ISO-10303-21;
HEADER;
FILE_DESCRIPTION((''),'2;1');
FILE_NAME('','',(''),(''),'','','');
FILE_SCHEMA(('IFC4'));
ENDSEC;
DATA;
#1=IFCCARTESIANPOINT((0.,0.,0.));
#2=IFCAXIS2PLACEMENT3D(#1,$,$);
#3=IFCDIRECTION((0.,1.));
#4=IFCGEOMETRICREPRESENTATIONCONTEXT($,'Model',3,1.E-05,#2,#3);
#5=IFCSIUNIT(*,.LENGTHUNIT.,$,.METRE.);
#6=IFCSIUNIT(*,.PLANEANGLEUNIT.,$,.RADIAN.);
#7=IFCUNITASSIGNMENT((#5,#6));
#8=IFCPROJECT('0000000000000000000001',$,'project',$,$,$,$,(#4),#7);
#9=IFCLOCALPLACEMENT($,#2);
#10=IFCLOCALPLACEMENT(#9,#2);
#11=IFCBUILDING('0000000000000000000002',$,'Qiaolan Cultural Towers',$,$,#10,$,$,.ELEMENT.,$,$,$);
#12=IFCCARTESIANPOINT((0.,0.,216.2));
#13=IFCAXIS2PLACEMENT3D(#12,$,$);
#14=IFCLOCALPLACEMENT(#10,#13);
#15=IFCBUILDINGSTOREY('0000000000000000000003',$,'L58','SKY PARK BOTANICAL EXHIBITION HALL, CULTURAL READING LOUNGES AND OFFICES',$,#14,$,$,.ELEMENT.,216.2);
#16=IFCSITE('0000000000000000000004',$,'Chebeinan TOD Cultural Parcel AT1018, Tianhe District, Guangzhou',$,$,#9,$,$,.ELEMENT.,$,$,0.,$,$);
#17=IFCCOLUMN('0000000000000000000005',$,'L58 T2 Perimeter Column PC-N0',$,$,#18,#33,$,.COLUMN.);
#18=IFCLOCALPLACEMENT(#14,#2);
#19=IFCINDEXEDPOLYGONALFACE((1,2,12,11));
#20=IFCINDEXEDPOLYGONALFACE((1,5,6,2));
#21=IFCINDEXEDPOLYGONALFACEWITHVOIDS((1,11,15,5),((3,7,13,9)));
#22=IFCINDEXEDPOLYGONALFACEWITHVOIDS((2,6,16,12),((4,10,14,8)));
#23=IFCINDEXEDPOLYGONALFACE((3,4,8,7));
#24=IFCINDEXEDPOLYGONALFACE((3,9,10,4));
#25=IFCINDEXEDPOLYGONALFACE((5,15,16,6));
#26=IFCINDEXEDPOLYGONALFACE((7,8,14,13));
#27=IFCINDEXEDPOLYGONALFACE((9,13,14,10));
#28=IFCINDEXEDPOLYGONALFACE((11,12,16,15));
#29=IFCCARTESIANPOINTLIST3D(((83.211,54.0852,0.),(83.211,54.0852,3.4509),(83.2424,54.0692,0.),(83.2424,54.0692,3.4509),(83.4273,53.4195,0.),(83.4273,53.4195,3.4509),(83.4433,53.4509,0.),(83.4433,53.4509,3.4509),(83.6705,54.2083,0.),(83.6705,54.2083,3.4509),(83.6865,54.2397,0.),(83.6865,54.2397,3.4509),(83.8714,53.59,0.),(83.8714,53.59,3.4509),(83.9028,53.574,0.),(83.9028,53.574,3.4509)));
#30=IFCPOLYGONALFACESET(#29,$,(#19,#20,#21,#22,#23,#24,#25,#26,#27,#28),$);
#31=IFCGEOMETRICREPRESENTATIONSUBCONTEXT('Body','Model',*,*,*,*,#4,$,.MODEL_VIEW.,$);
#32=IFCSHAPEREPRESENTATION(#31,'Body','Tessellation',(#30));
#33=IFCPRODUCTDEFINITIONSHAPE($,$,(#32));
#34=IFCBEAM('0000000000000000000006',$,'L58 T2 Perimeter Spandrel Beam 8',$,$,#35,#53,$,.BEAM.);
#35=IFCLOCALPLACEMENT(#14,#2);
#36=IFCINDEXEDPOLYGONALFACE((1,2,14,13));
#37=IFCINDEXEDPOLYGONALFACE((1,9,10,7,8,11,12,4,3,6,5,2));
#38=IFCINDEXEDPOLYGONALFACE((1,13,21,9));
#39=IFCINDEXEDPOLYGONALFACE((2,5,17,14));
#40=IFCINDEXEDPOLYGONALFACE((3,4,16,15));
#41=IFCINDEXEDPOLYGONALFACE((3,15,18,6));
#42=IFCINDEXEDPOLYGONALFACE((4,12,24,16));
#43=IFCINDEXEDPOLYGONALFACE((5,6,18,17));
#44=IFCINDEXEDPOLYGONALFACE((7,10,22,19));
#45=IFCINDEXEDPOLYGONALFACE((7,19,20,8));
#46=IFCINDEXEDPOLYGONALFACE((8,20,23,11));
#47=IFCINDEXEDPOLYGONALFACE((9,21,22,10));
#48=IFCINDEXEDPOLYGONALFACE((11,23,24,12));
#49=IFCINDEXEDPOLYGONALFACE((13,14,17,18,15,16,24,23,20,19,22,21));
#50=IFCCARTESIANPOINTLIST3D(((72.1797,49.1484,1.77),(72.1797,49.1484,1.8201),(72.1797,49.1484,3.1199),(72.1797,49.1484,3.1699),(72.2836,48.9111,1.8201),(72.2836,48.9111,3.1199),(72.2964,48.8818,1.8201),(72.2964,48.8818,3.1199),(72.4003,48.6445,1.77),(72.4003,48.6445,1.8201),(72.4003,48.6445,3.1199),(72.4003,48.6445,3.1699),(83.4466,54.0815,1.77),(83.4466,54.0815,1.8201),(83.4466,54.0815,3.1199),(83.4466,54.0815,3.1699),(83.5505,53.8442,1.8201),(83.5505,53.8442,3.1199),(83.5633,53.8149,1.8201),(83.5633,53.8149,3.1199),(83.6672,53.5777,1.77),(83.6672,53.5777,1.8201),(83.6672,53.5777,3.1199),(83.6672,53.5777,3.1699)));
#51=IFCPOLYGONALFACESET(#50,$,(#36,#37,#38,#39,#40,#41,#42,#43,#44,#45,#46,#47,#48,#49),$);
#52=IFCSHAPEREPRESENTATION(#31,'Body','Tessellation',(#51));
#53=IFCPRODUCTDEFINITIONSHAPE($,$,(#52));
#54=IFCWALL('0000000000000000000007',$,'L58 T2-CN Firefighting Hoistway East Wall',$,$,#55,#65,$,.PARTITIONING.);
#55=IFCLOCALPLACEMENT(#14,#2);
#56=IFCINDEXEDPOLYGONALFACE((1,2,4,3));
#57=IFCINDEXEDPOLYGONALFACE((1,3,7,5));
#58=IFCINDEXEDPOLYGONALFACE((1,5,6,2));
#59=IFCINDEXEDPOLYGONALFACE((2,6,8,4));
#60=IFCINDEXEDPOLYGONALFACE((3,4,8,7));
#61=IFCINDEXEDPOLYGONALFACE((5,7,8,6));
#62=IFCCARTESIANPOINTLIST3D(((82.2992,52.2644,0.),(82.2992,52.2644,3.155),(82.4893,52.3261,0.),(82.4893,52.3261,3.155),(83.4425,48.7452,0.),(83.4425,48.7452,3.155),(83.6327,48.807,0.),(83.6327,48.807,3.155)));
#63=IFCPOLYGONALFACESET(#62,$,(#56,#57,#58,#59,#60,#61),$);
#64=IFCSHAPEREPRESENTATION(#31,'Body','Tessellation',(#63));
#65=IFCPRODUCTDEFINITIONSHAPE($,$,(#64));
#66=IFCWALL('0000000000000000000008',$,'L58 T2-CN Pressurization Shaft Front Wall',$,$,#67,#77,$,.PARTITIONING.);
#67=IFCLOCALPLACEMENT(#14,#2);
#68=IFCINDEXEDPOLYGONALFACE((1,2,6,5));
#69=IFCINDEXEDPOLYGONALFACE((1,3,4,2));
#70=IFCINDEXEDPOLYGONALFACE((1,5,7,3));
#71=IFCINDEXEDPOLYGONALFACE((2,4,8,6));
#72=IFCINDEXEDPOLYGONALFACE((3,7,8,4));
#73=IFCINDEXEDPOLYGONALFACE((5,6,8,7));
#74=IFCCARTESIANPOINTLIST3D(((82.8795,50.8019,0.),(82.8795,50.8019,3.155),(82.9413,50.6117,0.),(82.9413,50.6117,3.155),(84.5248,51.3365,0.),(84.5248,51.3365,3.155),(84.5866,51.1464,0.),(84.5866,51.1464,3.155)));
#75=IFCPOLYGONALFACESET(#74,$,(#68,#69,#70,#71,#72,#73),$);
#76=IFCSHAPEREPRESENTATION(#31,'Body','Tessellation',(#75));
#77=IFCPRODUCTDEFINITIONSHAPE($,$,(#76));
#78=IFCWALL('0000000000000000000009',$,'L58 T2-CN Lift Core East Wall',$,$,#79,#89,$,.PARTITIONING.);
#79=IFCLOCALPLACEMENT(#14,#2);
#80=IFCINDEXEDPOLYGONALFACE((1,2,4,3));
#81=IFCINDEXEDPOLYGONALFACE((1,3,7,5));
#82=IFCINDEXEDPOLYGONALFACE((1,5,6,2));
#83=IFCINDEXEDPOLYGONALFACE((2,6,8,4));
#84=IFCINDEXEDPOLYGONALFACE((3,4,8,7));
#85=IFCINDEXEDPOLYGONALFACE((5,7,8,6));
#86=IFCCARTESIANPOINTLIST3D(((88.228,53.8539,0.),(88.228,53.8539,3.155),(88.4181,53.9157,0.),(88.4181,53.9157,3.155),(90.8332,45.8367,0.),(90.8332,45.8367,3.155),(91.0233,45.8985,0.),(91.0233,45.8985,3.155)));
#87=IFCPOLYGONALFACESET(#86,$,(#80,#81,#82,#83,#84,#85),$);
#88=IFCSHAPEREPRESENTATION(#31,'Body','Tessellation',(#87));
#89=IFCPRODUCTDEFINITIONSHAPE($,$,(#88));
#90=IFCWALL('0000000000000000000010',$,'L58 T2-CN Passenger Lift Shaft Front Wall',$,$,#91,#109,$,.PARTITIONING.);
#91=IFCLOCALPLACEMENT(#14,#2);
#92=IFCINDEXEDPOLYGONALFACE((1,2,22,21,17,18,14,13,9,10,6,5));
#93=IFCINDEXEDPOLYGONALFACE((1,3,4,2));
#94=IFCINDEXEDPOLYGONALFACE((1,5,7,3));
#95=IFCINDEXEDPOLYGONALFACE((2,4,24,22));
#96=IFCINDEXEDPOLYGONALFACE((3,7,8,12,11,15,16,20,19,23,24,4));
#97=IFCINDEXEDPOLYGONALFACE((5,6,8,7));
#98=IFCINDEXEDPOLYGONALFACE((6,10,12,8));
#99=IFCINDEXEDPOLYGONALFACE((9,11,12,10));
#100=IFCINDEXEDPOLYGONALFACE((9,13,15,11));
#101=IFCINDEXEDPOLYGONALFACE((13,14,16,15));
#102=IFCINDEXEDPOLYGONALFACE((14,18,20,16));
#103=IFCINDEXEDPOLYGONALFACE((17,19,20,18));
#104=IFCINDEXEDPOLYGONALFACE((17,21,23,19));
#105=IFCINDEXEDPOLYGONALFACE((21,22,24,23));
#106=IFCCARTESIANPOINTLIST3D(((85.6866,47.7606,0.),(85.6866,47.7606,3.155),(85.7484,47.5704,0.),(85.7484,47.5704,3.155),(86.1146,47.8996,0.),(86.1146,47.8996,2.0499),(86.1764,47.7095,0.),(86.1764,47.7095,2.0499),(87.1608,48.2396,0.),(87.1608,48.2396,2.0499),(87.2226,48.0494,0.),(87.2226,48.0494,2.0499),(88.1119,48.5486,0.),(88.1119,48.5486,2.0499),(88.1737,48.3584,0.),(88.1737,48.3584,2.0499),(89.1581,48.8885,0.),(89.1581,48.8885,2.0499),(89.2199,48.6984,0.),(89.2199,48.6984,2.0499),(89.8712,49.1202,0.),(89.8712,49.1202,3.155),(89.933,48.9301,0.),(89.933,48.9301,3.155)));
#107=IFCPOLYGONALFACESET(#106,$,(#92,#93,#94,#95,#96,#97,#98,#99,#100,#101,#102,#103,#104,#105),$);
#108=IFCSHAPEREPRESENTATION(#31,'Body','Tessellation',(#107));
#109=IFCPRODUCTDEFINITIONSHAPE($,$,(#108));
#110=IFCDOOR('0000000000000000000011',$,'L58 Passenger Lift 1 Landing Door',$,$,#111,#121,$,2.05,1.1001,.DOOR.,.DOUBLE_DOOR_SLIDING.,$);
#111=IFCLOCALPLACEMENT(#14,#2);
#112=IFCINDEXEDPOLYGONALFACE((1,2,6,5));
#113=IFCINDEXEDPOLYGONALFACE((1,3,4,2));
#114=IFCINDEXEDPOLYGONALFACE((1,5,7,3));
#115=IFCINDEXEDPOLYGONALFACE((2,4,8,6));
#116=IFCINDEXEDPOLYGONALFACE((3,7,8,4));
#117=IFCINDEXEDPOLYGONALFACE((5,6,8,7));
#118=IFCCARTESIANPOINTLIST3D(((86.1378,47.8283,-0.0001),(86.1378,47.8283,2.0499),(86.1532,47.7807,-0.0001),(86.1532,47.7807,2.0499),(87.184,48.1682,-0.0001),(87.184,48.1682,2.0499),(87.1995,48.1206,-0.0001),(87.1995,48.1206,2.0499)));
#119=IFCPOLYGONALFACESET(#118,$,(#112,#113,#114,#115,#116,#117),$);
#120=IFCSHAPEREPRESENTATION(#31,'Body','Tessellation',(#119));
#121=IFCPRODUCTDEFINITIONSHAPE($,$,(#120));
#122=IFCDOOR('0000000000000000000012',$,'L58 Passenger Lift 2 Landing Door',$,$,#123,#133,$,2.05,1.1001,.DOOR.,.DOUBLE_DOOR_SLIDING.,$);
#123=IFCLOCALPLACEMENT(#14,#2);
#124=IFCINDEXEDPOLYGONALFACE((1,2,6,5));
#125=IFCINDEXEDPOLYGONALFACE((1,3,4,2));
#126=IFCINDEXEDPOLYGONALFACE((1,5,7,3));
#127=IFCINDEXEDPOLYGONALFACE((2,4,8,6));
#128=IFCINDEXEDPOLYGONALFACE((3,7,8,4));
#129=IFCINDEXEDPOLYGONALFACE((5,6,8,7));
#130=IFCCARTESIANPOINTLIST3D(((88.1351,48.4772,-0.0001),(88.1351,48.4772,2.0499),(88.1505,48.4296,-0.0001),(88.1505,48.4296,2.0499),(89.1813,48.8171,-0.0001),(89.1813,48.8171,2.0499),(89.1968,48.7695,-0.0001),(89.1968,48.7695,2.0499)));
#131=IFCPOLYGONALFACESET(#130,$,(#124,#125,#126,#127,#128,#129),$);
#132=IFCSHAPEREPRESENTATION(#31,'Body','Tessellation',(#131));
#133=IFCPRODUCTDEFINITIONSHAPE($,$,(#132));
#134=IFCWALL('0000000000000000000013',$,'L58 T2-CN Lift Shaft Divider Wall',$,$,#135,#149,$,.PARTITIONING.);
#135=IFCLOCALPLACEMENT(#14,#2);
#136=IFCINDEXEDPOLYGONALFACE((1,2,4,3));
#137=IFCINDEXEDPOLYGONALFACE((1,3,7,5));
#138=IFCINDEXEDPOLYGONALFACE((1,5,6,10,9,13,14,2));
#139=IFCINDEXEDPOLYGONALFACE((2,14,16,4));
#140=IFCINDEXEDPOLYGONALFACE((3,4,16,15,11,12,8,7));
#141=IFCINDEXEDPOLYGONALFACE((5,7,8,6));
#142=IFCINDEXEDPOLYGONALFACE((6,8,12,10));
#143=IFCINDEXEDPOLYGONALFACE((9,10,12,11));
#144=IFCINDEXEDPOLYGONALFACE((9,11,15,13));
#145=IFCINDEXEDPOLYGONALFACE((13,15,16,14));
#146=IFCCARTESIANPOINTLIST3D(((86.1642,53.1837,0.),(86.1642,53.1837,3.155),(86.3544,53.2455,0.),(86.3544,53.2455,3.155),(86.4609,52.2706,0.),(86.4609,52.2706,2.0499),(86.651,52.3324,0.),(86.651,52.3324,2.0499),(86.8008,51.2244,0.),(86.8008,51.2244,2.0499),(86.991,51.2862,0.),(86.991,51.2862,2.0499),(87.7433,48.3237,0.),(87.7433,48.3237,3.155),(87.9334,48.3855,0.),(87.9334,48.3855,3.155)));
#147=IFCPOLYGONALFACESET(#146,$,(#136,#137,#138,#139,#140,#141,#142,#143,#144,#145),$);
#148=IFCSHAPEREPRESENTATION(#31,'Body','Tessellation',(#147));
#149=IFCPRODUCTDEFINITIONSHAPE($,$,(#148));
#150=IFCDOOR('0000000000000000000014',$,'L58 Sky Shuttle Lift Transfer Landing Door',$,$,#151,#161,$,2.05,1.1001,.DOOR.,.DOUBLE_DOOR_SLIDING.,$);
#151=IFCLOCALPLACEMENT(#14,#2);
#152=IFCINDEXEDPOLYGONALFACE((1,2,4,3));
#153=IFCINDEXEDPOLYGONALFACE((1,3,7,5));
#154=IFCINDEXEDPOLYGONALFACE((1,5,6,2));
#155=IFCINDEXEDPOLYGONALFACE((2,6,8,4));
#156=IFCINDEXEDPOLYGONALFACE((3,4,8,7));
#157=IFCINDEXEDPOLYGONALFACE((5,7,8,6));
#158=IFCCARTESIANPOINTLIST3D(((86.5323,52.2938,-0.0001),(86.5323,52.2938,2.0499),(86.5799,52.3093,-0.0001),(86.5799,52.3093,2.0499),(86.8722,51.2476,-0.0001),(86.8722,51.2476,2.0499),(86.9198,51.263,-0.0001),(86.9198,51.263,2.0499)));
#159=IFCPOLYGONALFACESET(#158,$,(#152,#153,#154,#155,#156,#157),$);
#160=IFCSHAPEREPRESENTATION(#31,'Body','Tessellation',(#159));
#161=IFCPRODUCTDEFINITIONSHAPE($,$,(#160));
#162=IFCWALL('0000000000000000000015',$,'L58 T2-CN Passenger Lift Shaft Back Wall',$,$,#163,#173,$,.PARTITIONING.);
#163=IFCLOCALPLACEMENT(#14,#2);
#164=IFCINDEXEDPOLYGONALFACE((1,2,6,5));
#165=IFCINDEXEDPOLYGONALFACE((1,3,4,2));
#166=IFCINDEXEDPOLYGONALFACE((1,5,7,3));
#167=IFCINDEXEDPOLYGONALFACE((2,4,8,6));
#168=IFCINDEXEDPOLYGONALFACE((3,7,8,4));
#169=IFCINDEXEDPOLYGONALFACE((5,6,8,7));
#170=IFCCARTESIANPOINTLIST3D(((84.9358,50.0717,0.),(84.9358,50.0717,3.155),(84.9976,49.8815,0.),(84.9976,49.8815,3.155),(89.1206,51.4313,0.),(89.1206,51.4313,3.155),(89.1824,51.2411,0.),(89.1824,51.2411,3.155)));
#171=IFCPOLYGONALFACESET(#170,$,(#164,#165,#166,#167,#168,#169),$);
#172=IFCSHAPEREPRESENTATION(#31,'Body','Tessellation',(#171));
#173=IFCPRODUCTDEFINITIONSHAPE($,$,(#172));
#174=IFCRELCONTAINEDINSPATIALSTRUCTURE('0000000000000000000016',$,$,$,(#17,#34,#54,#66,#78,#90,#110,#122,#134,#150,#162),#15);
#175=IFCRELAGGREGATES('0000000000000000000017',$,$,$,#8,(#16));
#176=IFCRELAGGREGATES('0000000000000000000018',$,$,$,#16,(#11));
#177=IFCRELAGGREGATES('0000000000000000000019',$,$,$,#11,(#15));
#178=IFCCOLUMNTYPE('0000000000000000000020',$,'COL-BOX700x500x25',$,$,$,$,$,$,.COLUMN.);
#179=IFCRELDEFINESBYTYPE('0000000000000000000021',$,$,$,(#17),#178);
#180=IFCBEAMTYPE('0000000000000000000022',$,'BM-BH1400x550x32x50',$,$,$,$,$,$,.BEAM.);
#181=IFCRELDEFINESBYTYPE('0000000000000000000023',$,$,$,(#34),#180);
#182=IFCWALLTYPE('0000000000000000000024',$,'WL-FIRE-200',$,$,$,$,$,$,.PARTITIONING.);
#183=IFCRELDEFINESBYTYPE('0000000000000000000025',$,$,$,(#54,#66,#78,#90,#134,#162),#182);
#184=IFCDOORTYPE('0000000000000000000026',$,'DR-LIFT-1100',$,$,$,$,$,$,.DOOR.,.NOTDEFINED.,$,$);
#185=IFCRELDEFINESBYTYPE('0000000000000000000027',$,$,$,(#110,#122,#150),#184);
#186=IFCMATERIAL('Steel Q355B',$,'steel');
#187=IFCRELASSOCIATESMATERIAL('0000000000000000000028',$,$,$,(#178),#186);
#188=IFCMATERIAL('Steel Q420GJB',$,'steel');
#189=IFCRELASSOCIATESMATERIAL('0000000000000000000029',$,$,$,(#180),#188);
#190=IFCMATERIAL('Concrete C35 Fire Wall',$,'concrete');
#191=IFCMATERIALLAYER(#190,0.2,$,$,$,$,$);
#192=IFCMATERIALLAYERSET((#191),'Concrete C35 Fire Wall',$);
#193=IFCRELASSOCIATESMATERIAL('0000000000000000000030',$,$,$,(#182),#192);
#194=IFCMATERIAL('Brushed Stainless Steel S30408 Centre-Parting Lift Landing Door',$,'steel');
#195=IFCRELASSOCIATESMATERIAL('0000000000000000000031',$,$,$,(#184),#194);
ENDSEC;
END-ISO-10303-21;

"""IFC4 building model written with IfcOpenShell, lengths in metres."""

from ifc_helpers import new_model, si_unit, direction, frame, frame_2d, origin, origin_2d, place, context, subcontext, project, spatial, rectangle, hollow_rectangle, i_section, extrude, material, layer, layer_set, material_profile, profile_set, type_object, element, fill, save


model = new_model("IFC4")

# Units and contexts
model_context = context("Model", 3, precision=1e-05, world=origin(), true_north=direction((0.0, 1.0)))
body_context = subcontext(model_context, "Body", "Model", "MODEL_VIEW")
ifc_project = project(units=[si_unit("LENGTHUNIT", "METRE"), si_unit("PLANEANGLEUNIT", "RADIAN")], contexts=[model_context])

# Site, building, storey
site_placement = place(None, origin())
site = spatial("IfcSite", under=ifc_project, at=site_placement, Name="Chebeinan TOD Cultural Parcel AT1018, Tianhe District, Guangzhou", CompositionType="ELEMENT", RefElevation=0.0)
building_placement = place(site_placement, origin())
building = spatial("IfcBuilding", under=site, at=building_placement, Name="Qiaolan Cultural Towers", CompositionType="ELEMENT")
storey_placement = place(building_placement, frame((0.0, 0.0, 216.2)))
storey = spatial("IfcBuildingStorey", under=building, at=storey_placement, Name="L58", Description="SKY PARK BOTANICAL EXHIBITION HALL, CULTURAL READING LOUNGES AND OFFICES", CompositionType="ELEMENT", Elevation=216.2)

# Column
ifc_material_1 = material(Name="Steel Q355B", Category="steel")
ifc_material_profile_1 = material_profile(ifc_material_1, hollow_rectangle(XDim=0.5, YDim=0.7, WallThickness=0.0249, at=origin_2d()), Name="BOX700x500x25")
ifc_profile_set_1 = profile_set([ifc_material_profile_1], Name="Steel Q355B")
column_type = type_object("IfcColumnType", Name="COL-BOX700x500x25", PredefinedType="COLUMN", material=ifc_profile_set_1)
column_placement = place(storey_placement, frame((83.5569, 53.8296, 0.0), z_axis=(0.0, 0.0, 1.0), x_axis=(0.951057, 0.309017, 0.0)))
element("IfcColumn", 1, at=column_placement, inside=storey, type_object=column_type, Name="L58 T2 Perimeter Column PC-N0", PredefinedType="COLUMN", context=body_context, shape_type="SweptSolid", body=[
    extrude(hollow_rectangle(XDim=0.5, YDim=0.7, WallThickness=0.0249, at=origin_2d()), origin(), (0.0, 0.0, 1.0), 3.4509),
])

# Beam
ifc_material_2 = material(Name="Steel Q420GJB", Category="steel")
ifc_material_profile_2 = material_profile(ifc_material_2, i_section(OverallWidth=0.55, OverallDepth=1.3999, WebThickness=0.032, FlangeThickness=0.05, at=origin_2d()), Name="BH1400x550x32x50")
ifc_profile_set_2 = profile_set([ifc_material_profile_2], Name="Steel Q420GJB")
beam_type = type_object("IfcBeamType", Name="BM-BH1400x550x32x50", PredefinedType="BEAM", material=ifc_profile_set_2)
beam_placement = place(storey_placement, frame((83.5569, 53.8296, 2.47), z_axis=(-0.916042, -0.401082, 0.0), x_axis=(0.401082, -0.916042, 0.0)))
element("IfcBeam", 2, at=beam_placement, inside=storey, type_object=beam_type, Name="L58 T2 Perimeter Spandrel Beam 8", PredefinedType="BEAM", context=body_context, shape_type="SweptSolid", body=[
    extrude(i_section(OverallWidth=0.55, OverallDepth=1.3999, WebThickness=0.032, FlangeThickness=0.05, at=origin_2d()), origin(), (0.0, 0.0, 1.0), 12.2996),
])

# Walls
ifc_material_3 = material(Name="Concrete C35 Fire Wall", Category="concrete")
ifc_layer_1 = layer(ifc_material_3, 0.2)
ifc_layer_set_1 = layer_set([ifc_layer_1], Name="Concrete C35 Fire Wall")
wall_type_1 = type_object("IfcWallType", Name="WL-FIRE-200", PredefinedType="PARTITIONING", material=ifc_layer_set_1)
wall_1_placement = place(storey_placement, frame((83.5376, 48.7761, 0.0), z_axis=(0.0, 0.0, 1.0), x_axis=(-0.308994, 0.951064, 0.0)))
element("IfcWall", 3, at=wall_1_placement, inside=storey, type_object=wall_type_1, Name="L58 T2-CN Firefighting Hoistway East Wall", PredefinedType="PARTITIONING", context=body_context, shape_type="SweptSolid", body=[
    extrude(rectangle(XDim=3.7002, YDim=0.2, at=frame_2d((1.8501, 0.0))), origin(), (0.0, 0.0, 1.0), 3.155),
])
wall_2_placement = place(storey_placement, frame((82.9104, 50.7068, 0.0), z_axis=(0.0, 0.0, 1.0), x_axis=(0.951041, 0.309064, 0.0)))
element("IfcWall", 4, at=wall_2_placement, inside=storey, type_object=wall_type_1, Name="L58 T2-CN Pressurization Shaft Front Wall", PredefinedType="PARTITIONING", context=body_context, shape_type="SweptSolid", body=[
    extrude(rectangle(XDim=1.73, YDim=0.2, at=frame_2d((0.865, 0.0))), origin(), (0.0, 0.0, 1.0), 3.155),
])
wall_3_placement = place(storey_placement, frame((90.9282, 45.8677, 0.0), z_axis=(0.0, 0.0, 1.0), x_axis=(-0.309042, 0.951048, 0.0)))
element("IfcWall", 5, at=wall_3_placement, inside=storey, type_object=wall_type_1, Name="L58 T2-CN Lift Core East Wall", PredefinedType="PARTITIONING", context=body_context, shape_type="SweptSolid", body=[
    extrude(rectangle(XDim=8.4299, YDim=0.2, at=frame_2d((4.2148, 0.0))), origin(), (0.0, 0.0, 1.0), 3.155),
])

# Wall, openings, doors
wall_4_placement = place(storey_placement, frame((85.7175, 47.6655, 0.0), z_axis=(0.0, 0.0, 1.0), x_axis=(0.951059, 0.309011, 0.0)))
wall_4 = element("IfcWall", 6, at=wall_4_placement, inside=storey, type_object=wall_type_1, Name="L58 T2-CN Passenger Lift Shaft Front Wall", PredefinedType="PARTITIONING", context=body_context, shape_type="SweptSolid", body=[
    extrude(rectangle(XDim=4.3999, YDim=0.2, at=frame_2d((2.2, 0.0))), origin(), (0.0, 0.0, 1.0), 3.155),
])
opening_1_placement = place(wall_4_placement, frame((0.45, 0.0, 0.0)))
opening_1 = element("IfcOpeningElement", 7, at=opening_1_placement, cuts=wall_4, PredefinedType="OPENING", context=body_context, shape_type="SweptSolid", body=[
    extrude(rectangle(XDim=1.1001, YDim=2.05, at=frame_2d((0.55, 1.0249))), frame((0.0, 0.1099, 0.0), z_axis=(0.0, -1.0, 0.0), x_axis=(1.0, 0.0, 0.0)), (0.0, 0.0, 1.0), 0.22),
])
opening_2_placement = place(wall_4_placement, frame((2.55, 0.0, 0.0)))
opening_2 = element("IfcOpeningElement", 8, at=opening_2_placement, cuts=wall_4, PredefinedType="OPENING", context=body_context, shape_type="SweptSolid", body=[
    extrude(rectangle(XDim=1.1001, YDim=2.05, at=frame_2d((0.55, 1.0249))), frame((0.0, 0.1099, 0.0), z_axis=(0.0, -1.0, 0.0), x_axis=(1.0, 0.0, 0.0)), (0.0, 0.0, 1.0), 0.22),
])
ifc_material_4 = material(Name="Brushed Stainless Steel S30408 Centre-Parting Lift Landing Door", Category="steel")
door_type_1 = type_object("IfcDoorType", Name="DR-LIFT-1100", OperationType="NOTDEFINED", PredefinedType="DOOR", material=ifc_material_4)
door_1_placement = place(opening_1_placement, origin())
door_1 = element("IfcDoor", 9, at=door_1_placement, inside=storey, type_object=door_type_1, Name="L58 Passenger Lift 1 Landing Door", OperationType="DOUBLE_DOOR_SLIDING", OverallHeight=2.05, OverallWidth=1.1001, PredefinedType="DOOR", context=body_context, shape_type="SweptSolid", body=[
    extrude(rectangle(XDim=1.1001, YDim=2.05, at=frame_2d((0.55, 1.0249))), frame((0.0, 0.0249, 0.0), z_axis=(0.0, -1.0, 0.0), x_axis=(1.0, 0.0, 0.0)), (0.0, 0.0, 1.0), 0.05),
])
fill(opening_1, door_1)
door_2_placement = place(opening_2_placement, origin())
door_2 = element("IfcDoor", 10, at=door_2_placement, inside=storey, type_object=door_type_1, Name="L58 Passenger Lift 2 Landing Door", OperationType="DOUBLE_DOOR_SLIDING", OverallHeight=2.05, OverallWidth=1.1001, PredefinedType="DOOR", context=body_context, shape_type="SweptSolid", body=[
    extrude(rectangle(XDim=1.1001, YDim=2.05, at=frame_2d((0.55, 1.0249))), frame((0.0, 0.0249, 0.0), z_axis=(0.0, -1.0, 0.0), x_axis=(1.0, 0.0, 0.0)), (0.0, 0.0, 1.0), 0.05),
])
fill(opening_2, door_2)

# Wall, opening, door
wall_5_placement = place(storey_placement, frame((87.8384, 48.3545, 0.0), z_axis=(0.0, 0.0, 1.0), x_axis=(-0.309009, 0.951059, 0.0)))
wall_5 = element("IfcWall", 11, at=wall_5_placement, inside=storey, type_object=wall_type_1, Name="L58 T2-CN Lift Shaft Divider Wall", PredefinedType="PARTITIONING", context=body_context, shape_type="SweptSolid", body=[
    extrude(rectangle(XDim=5.1101, YDim=0.2, at=frame_2d((2.5552, 0.0))), origin(), (0.0, 0.0, 1.0), 3.155),
])
opening_3_placement = place(wall_5_placement, frame((3.05, 0.0, 0.0)))
opening_3 = element("IfcOpeningElement", 12, at=opening_3_placement, cuts=wall_5, PredefinedType="OPENING", context=body_context, shape_type="SweptSolid", body=[
    extrude(rectangle(XDim=1.1001, YDim=2.05, at=frame_2d((0.55, 1.0249))), frame((0.0, 0.1099, 0.0), z_axis=(0.0, -1.0, 0.0), x_axis=(1.0, 0.0, 0.0)), (0.0, 0.0, 1.0), 0.22),
])
door_3_placement = place(opening_3_placement, origin())
door_3 = element("IfcDoor", 13, at=door_3_placement, inside=storey, type_object=door_type_1, Name="L58 Sky Shuttle Lift Transfer Landing Door", OperationType="DOUBLE_DOOR_SLIDING", OverallHeight=2.05, OverallWidth=1.1001, PredefinedType="DOOR", context=body_context, shape_type="SweptSolid", body=[
    extrude(rectangle(XDim=1.1001, YDim=2.05, at=frame_2d((0.55, 1.0249))), frame((0.0, 0.0249, 0.0), z_axis=(0.0, -1.0, 0.0), x_axis=(1.0, 0.0, 0.0)), (0.0, 0.0, 1.0), 0.05),
])
fill(opening_3, door_3)

# Wall
wall_6_placement = place(storey_placement, frame((84.9666, 49.9766, 0.0), z_axis=(0.0, 0.0, 1.0), x_axis=(0.951064, 0.308994, 0.0)))
element("IfcWall", 14, at=wall_6_placement, inside=storey, type_object=wall_type_1, Name="L58 T2-CN Passenger Lift Shaft Back Wall", PredefinedType="PARTITIONING", context=body_context, shape_type="SweptSolid", body=[
    extrude(rectangle(XDim=4.4001, YDim=0.2, at=frame_2d((2.2002, 0.0))), origin(), (0.0, 0.0, 1.0), 3.155),
])

save(model, "model.ifc")
